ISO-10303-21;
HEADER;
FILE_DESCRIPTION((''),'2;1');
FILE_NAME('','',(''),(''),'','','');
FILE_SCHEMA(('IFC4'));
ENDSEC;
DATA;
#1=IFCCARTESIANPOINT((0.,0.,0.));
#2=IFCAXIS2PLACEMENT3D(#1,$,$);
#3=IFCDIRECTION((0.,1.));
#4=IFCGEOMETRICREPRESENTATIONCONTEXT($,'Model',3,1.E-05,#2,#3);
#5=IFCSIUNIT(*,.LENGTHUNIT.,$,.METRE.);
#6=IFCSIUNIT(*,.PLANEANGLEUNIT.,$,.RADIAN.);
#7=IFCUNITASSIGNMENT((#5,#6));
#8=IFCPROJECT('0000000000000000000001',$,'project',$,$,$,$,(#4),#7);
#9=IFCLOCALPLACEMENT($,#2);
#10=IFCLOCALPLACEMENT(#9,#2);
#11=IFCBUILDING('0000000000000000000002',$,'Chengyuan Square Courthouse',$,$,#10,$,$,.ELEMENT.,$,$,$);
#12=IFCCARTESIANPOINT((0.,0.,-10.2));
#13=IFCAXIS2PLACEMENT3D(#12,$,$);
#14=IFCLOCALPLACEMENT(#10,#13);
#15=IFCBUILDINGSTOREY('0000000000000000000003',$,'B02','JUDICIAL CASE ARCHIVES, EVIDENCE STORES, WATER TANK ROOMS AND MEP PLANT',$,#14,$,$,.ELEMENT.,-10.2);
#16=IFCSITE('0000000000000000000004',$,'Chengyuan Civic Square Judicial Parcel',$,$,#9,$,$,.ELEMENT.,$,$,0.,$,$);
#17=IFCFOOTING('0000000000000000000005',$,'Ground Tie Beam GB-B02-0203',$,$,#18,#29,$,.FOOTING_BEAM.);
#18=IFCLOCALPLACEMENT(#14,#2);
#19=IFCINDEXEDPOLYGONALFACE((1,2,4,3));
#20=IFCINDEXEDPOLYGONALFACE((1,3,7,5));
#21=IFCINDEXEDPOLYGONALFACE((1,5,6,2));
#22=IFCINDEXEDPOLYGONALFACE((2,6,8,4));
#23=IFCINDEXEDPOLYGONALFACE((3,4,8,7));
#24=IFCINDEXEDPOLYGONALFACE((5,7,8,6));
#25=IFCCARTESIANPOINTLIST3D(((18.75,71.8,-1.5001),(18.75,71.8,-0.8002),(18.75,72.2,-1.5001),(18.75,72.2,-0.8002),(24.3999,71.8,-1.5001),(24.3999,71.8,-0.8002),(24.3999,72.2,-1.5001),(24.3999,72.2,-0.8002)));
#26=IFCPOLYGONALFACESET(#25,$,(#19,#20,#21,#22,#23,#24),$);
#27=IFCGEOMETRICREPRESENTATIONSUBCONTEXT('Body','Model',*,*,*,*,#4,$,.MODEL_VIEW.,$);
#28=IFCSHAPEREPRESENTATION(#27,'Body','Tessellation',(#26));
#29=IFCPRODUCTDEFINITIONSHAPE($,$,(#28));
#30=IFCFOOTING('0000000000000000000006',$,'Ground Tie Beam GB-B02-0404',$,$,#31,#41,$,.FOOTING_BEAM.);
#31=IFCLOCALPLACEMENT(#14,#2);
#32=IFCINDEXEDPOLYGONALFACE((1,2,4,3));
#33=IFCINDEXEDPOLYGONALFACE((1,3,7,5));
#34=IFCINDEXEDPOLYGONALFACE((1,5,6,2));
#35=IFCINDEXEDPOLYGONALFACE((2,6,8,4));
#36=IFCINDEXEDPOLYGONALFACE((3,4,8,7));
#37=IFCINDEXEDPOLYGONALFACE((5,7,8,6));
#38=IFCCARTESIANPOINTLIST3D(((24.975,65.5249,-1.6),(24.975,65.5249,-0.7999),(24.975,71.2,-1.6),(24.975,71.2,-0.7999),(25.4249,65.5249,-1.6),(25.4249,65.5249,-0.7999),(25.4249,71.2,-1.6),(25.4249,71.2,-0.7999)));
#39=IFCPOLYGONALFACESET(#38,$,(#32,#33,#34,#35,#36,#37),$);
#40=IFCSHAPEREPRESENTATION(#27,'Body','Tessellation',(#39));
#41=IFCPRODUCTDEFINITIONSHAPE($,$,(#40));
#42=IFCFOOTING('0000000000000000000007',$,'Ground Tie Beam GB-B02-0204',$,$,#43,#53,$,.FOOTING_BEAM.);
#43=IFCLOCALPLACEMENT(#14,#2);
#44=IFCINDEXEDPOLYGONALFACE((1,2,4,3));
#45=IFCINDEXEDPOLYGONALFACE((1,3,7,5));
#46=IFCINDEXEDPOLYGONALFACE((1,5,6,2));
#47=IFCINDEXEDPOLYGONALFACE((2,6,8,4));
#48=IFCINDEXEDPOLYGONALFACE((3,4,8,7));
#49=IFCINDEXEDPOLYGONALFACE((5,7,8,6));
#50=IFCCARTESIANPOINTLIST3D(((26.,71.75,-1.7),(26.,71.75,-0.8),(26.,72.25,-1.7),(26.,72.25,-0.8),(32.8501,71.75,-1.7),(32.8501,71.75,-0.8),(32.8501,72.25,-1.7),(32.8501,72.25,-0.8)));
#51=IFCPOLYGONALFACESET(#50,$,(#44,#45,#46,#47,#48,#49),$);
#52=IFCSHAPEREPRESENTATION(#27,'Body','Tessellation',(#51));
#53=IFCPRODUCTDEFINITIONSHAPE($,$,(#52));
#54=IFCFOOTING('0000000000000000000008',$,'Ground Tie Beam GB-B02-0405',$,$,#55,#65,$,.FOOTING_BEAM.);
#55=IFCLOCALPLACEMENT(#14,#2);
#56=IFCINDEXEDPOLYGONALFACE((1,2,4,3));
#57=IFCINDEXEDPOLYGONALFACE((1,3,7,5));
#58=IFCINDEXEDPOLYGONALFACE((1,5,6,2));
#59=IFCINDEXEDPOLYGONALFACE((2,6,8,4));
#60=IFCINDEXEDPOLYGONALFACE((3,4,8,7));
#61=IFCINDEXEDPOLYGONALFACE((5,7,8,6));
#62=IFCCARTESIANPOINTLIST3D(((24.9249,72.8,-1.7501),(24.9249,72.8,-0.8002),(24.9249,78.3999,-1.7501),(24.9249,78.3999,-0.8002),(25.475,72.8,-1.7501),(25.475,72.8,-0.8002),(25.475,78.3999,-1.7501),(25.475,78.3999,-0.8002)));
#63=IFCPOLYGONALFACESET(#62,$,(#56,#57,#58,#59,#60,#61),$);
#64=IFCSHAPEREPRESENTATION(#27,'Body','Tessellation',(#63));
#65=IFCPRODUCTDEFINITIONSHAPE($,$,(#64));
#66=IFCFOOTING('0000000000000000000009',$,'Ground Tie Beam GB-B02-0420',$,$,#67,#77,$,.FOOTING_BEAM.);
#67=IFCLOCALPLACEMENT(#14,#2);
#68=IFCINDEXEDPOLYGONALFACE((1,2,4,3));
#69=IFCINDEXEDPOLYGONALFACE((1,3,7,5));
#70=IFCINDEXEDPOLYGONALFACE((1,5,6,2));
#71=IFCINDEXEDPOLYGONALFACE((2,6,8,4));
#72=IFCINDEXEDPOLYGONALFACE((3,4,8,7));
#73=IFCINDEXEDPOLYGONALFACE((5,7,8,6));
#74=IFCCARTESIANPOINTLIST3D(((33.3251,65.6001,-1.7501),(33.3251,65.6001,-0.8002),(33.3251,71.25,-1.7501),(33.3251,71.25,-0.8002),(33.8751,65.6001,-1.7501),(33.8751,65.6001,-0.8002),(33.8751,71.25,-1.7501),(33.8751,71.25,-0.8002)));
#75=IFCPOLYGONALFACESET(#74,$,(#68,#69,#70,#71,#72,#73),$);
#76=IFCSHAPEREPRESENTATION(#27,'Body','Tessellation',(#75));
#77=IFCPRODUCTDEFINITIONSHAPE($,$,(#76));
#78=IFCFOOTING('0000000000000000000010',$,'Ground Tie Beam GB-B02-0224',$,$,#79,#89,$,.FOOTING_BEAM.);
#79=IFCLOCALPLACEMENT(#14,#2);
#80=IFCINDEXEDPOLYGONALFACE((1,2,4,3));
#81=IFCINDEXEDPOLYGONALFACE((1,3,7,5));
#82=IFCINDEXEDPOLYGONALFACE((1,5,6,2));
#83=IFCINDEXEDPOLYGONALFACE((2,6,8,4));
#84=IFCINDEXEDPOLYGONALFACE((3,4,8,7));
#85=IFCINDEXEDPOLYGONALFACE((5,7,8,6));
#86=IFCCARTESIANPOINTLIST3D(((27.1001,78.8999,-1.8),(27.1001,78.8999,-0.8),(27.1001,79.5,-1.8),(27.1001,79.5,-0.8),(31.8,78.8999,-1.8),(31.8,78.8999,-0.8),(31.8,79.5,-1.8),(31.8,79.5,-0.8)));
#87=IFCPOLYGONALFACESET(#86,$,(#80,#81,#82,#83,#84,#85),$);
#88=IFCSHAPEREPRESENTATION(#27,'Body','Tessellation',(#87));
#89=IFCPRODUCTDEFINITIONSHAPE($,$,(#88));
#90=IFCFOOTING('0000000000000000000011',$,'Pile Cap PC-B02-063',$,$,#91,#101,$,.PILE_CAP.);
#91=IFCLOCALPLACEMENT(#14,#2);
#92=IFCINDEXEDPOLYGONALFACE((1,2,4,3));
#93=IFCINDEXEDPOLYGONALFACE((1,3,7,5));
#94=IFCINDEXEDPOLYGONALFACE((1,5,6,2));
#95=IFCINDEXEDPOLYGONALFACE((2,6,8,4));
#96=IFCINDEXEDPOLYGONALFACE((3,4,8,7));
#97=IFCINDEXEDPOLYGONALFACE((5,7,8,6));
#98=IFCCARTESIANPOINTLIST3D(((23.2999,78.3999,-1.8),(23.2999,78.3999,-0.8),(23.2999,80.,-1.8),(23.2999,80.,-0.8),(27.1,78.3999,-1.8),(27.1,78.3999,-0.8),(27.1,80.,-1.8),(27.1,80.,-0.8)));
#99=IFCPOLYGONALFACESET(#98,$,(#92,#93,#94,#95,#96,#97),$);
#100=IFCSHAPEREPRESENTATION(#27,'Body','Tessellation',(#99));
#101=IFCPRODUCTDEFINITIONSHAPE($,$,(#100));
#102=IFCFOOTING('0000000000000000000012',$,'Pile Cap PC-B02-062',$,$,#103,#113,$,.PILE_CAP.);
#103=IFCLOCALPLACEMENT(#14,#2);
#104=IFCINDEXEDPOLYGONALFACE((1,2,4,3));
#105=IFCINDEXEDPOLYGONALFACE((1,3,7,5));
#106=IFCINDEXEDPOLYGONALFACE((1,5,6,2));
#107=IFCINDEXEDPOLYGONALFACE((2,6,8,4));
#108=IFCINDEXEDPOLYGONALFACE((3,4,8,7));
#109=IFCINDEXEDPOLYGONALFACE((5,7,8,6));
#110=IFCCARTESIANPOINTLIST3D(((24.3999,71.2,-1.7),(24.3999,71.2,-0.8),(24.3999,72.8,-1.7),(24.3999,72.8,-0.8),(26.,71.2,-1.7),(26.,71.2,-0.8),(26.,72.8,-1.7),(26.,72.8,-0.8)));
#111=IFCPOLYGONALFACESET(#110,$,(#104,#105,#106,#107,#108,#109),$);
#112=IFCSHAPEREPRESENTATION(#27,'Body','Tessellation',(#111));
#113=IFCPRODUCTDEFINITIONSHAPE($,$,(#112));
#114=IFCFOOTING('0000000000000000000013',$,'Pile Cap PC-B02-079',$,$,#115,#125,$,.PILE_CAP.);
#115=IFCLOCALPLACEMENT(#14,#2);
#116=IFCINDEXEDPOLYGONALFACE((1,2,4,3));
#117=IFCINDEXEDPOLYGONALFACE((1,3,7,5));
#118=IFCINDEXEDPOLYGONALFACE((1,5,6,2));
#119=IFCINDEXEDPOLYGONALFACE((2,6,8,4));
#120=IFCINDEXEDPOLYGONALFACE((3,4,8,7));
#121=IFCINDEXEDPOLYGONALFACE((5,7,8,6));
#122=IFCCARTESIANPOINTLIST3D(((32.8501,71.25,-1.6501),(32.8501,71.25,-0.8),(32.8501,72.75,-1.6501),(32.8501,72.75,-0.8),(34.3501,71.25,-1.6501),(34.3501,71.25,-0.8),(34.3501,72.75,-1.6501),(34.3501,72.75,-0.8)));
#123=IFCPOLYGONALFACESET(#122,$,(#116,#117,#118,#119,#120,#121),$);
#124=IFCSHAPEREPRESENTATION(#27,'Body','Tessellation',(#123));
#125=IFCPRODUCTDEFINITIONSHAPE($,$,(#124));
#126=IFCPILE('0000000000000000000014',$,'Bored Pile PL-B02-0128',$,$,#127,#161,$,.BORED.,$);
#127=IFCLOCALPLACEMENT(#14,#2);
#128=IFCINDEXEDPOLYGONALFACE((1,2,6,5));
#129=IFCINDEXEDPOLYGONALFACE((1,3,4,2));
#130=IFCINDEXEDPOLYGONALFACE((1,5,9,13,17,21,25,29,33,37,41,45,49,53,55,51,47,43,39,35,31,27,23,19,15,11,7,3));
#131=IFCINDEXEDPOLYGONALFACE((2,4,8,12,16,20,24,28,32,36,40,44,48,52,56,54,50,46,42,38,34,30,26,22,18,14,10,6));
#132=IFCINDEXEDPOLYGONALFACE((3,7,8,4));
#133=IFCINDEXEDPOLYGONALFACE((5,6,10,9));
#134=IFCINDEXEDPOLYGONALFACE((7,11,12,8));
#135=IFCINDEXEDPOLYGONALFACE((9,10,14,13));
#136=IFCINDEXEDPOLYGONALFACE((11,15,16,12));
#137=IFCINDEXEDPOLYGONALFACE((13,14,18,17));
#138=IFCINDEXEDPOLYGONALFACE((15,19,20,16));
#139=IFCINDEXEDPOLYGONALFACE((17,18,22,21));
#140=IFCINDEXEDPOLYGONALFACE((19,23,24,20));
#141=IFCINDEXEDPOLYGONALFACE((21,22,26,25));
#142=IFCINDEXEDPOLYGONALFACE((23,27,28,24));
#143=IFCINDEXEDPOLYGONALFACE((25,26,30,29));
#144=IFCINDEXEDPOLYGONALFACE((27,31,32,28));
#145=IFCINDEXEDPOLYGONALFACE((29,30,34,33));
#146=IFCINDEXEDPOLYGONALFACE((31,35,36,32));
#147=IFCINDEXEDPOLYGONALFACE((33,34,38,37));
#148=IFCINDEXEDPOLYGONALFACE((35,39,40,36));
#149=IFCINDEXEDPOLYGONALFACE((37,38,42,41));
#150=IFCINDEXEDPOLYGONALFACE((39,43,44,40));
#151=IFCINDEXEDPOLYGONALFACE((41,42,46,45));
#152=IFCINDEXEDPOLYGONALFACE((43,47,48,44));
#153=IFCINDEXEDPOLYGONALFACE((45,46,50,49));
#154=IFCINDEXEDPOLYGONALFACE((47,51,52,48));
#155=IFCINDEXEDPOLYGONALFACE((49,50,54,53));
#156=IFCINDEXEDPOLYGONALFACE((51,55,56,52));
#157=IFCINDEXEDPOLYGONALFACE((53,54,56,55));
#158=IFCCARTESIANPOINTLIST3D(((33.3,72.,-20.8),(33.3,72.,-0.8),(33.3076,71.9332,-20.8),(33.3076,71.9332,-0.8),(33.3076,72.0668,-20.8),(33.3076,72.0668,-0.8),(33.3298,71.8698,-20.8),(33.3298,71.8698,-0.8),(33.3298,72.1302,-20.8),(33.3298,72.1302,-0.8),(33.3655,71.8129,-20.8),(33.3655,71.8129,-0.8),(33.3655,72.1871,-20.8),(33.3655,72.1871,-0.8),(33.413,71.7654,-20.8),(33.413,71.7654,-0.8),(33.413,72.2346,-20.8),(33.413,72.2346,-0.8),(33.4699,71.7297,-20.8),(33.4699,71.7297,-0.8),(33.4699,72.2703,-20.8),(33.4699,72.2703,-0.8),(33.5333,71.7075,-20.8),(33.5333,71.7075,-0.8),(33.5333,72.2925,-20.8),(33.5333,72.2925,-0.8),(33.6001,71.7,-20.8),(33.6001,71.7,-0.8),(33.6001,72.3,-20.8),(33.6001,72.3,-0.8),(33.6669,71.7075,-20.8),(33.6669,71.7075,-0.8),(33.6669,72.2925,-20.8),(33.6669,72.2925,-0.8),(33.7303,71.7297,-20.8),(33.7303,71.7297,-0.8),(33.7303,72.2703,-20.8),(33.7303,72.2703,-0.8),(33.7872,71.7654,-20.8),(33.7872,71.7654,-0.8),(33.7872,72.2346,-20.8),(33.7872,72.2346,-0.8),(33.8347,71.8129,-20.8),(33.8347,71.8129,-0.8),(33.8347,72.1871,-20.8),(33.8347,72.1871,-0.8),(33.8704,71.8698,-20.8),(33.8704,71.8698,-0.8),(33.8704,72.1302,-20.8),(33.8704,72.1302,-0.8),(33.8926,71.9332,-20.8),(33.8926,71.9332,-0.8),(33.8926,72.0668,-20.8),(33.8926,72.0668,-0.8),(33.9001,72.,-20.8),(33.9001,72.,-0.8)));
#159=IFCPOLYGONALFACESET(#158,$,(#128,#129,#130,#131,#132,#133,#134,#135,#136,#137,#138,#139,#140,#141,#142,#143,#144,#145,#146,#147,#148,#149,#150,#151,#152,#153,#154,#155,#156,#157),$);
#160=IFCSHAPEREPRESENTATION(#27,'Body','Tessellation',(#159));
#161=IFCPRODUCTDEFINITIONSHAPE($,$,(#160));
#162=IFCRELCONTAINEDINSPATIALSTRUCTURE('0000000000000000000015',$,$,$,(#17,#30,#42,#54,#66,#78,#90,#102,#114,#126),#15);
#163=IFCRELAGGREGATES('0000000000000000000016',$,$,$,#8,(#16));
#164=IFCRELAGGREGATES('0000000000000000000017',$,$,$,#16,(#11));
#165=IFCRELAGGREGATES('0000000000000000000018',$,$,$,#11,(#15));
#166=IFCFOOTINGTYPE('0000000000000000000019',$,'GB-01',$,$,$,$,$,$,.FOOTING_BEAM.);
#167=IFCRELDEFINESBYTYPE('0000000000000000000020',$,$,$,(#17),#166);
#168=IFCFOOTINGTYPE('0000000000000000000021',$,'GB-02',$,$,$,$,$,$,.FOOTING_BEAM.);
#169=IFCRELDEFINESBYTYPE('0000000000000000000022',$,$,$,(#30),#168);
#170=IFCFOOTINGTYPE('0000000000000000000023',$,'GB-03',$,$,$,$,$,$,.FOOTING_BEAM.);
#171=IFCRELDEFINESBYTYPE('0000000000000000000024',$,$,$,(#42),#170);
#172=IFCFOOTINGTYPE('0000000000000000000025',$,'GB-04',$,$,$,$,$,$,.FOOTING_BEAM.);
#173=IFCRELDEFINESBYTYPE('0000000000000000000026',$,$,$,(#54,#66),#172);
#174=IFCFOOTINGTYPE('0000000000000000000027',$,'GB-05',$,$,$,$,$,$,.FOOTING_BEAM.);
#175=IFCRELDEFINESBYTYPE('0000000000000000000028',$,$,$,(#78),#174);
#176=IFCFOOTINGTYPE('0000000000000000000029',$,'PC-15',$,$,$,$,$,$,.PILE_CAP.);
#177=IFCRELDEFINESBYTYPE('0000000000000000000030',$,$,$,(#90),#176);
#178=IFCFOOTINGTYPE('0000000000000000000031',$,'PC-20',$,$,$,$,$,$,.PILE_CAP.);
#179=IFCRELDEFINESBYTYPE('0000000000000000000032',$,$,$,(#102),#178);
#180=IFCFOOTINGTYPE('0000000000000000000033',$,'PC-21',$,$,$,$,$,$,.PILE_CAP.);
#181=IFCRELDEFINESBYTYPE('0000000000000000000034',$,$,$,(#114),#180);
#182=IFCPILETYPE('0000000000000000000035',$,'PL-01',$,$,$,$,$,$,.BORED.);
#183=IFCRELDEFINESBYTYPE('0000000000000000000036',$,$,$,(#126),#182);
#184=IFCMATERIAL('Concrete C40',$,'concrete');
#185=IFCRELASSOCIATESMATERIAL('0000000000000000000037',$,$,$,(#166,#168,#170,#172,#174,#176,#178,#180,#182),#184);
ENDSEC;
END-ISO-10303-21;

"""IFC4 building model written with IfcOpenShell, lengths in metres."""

from ifc_helpers import new_model, si_unit, direction, frame, origin, origin_2d, place, context, subcontext, project, spatial, rectangle, circle, extrude, material, material_profile, profile_set, type_object, element, save


model = new_model("IFC4")

# Units and contexts
model_context = context("Model", 3, precision=1e-05, world=origin(), true_north=direction((0.0, 1.0)))
body_context = subcontext(model_context, "Body", "Model", "MODEL_VIEW")
ifc_project = project(units=[si_unit("LENGTHUNIT", "METRE"), si_unit("PLANEANGLEUNIT", "RADIAN")], contexts=[model_context])

# Site, building, storey
site_placement = place(None, origin())
site = spatial("IfcSite", under=ifc_project, at=site_placement, Name="Chengyuan Civic Square Judicial Parcel", CompositionType="ELEMENT", RefElevation=0.0)
building_placement = place(site_placement, origin())
building = spatial("IfcBuilding", under=site, at=building_placement, Name="Chengyuan Square Courthouse", CompositionType="ELEMENT")
storey_placement = place(building_placement, frame((0.0, 0.0, -10.2)))
storey = spatial("IfcBuildingStorey", under=building, at=storey_placement, Name="B02", Description="JUDICIAL CASE ARCHIVES, EVIDENCE STORES, WATER TANK ROOMS AND MEP PLANT", CompositionType="ELEMENT", Elevation=-10.2)

# Footings
ifc_material_1 = material(Name="Concrete C40", Category="concrete")
ifc_material_profile_1 = material_profile(ifc_material_1, rectangle(XDim=0.3999, YDim=0.7, at=origin_2d()), Name="GB-400x700")
ifc_profile_set_1 = profile_set([ifc_material_profile_1], Name="Concrete C40")
footing_type_1 = type_object("IfcFootingType", Name="GB-01", PredefinedType="FOOTING_BEAM", material=ifc_profile_set_1)
footing_1_placement = place(storey_placement, frame((18.75, 72.0, -1.1501), z_axis=(1.0, 0.0, 0.0), x_axis=(0.0, 1.0, 0.0)))
element("IfcFooting", 1, at=footing_1_placement, inside=storey, type_object=footing_type_1, Name="Ground Tie Beam GB-B02-0203", PredefinedType="FOOTING_BEAM", context=body_context, shape_type="SweptSolid", body=[
    extrude(rectangle(XDim=0.3999, YDim=0.7, at=origin_2d()), origin(), (0.0, 0.0, 1.0), 5.6499),
])
ifc_material_profile_2 = material_profile(ifc_material_1, rectangle(XDim=0.45, YDim=0.8, at=origin_2d()), Name="GB-450x800")
ifc_profile_set_2 = profile_set([ifc_material_profile_2], Name="Concrete C40")
footing_type_2 = type_object("IfcFootingType", Name="GB-02", PredefinedType="FOOTING_BEAM", material=ifc_profile_set_2)
footing_2_placement = place(storey_placement, frame((25.2, 65.5249, -1.2), z_axis=(0.0, 1.0, 0.0), x_axis=(-1.0, 0.0, 0.0)))
element("IfcFooting", 2, at=footing_2_placement, inside=storey, type_object=footing_type_2, Name="Ground Tie Beam GB-B02-0404", PredefinedType="FOOTING_BEAM", context=body_context, shape_type="SweptSolid", body=[
    extrude(rectangle(XDim=0.45, YDim=0.8, at=origin_2d()), origin(), (0.0, 0.0, 1.0), 5.675),
])
ifc_material_profile_3 = material_profile(ifc_material_1, rectangle(XDim=0.5, YDim=0.8999, at=origin_2d()), Name="GB-500x900")
ifc_profile_set_3 = profile_set([ifc_material_profile_3], Name="Concrete C40")
footing_type_3 = type_object("IfcFootingType", Name="GB-03", PredefinedType="FOOTING_BEAM", material=ifc_profile_set_3)
footing_3_placement = place(storey_placement, frame((26.0, 72.0, -1.25), z_axis=(1.0, 0.0, 0.0), x_axis=(0.0, 1.0, 0.0)))
element("IfcFooting", 3, at=footing_3_placement, inside=storey, type_object=footing_type_3, Name="Ground Tie Beam GB-B02-0204", PredefinedType="FOOTING_BEAM", context=body_context, shape_type="SweptSolid", body=[
    extrude(rectangle(XDim=0.5, YDim=0.8999, at=origin_2d()), origin(), (0.0, 0.0, 1.0), 6.8501),
])
ifc_material_profile_4 = material_profile(ifc_material_1, rectangle(XDim=0.55, YDim=0.95, at=origin_2d()), Name="GB-550x950")
ifc_profile_set_4 = profile_set([ifc_material_profile_4], Name="Concrete C40")
footing_type_4 = type_object("IfcFootingType", Name="GB-04", PredefinedType="FOOTING_BEAM", material=ifc_profile_set_4)
footing_4_placement = place(storey_placement, frame((25.2, 72.8, -1.2751), z_axis=(0.0, 1.0, 0.0), x_axis=(-1.0, 0.0, 0.0)))
element("IfcFooting", 4, at=footing_4_placement, inside=storey, type_object=footing_type_4, Name="Ground Tie Beam GB-B02-0405", PredefinedType="FOOTING_BEAM", context=body_context, shape_type="SweptSolid", body=[
    extrude(rectangle(XDim=0.55, YDim=0.95, at=origin_2d()), origin(), (0.0, 0.0, 1.0), 5.5999),
])
footing_5_placement = place(storey_placement, frame((33.6001, 65.6001, -1.2751), z_axis=(0.0, 1.0, 0.0), x_axis=(-1.0, 0.0, 0.0)))
element("IfcFooting", 5, at=footing_5_placement, inside=storey, type_object=footing_type_4, Name="Ground Tie Beam GB-B02-0420", PredefinedType="FOOTING_BEAM", context=body_context, shape_type="SweptSolid", body=[
    extrude(rectangle(XDim=0.55, YDim=0.95, at=origin_2d()), origin(), (0.0, 0.0, 1.0), 5.6499),
])
ifc_material_profile_5 = material_profile(ifc_material_1, rectangle(XDim=0.6001, YDim=1.0, at=origin_2d()), Name="GB-600x1000")
ifc_profile_set_5 = profile_set([ifc_material_profile_5], Name="Concrete C40")
footing_type_5 = type_object("IfcFootingType", Name="GB-05", PredefinedType="FOOTING_BEAM", material=ifc_profile_set_5)
footing_6_placement = place(storey_placement, frame((27.1001, 79.2, -1.3), z_axis=(1.0, 0.0, 0.0), x_axis=(0.0, 1.0, 0.0)))
element("IfcFooting", 6, at=footing_6_placement, inside=storey, type_object=footing_type_5, Name="Ground Tie Beam GB-B02-0224", PredefinedType="FOOTING_BEAM", context=body_context, shape_type="SweptSolid", body=[
    extrude(rectangle(XDim=0.6001, YDim=1.0, at=origin_2d()), origin(), (0.0, 0.0, 1.0), 4.7),
])
footing_type_6 = type_object("IfcFootingType", Name="PC-15", PredefinedType="PILE_CAP", material=ifc_material_1)
footing_7_placement = place(storey_placement, frame((25.2, 79.2, -1.8), z_axis=(0.0, 0.0, 1.0), x_axis=(1.0, 0.0, 0.0)))
element("IfcFooting", 7, at=footing_7_placement, inside=storey, type_object=footing_type_6, Name="Pile Cap PC-B02-063", PredefinedType="PILE_CAP", context=body_context, shape_type="SweptSolid", body=[
    extrude(rectangle(XDim=3.8, YDim=1.6001, at=origin_2d()), origin(), (0.0, 0.0, 1.0), 1.0),
])
footing_type_7 = type_object("IfcFootingType", Name="PC-20", PredefinedType="PILE_CAP", material=ifc_material_1)
footing_8_placement = place(storey_placement, frame((25.2, 72.0, -1.7), z_axis=(0.0, 0.0, 1.0), x_axis=(1.0, 0.0, 0.0)))
element("IfcFooting", 8, at=footing_8_placement, inside=storey, type_object=footing_type_7, Name="Pile Cap PC-B02-062", PredefinedType="PILE_CAP", context=body_context, shape_type="SweptSolid", body=[
    extrude(rectangle(XDim=1.6001, YDim=1.6001, at=origin_2d()), origin(), (0.0, 0.0, 1.0), 0.8999),
])
footing_type_8 = type_object("IfcFootingType", Name="PC-21", PredefinedType="PILE_CAP", material=ifc_material_1)
footing_9_placement = place(storey_placement, frame((33.6001, 72.0, -1.6501), z_axis=(0.0, 0.0, 1.0), x_axis=(1.0, 0.0, 0.0)))
element("IfcFooting", 9, at=footing_9_placement, inside=storey, type_object=footing_type_8, Name="Pile Cap PC-B02-079", PredefinedType="PILE_CAP", context=body_context, shape_type="SweptSolid", body=[
    extrude(rectangle(XDim=1.5, YDim=1.5, at=origin_2d()), origin(), (0.0, 0.0, 1.0), 0.8501),
])

# Pile
ifc_material_profile_6 = material_profile(ifc_material_1, circle(Radius=0.3, at=origin_2d()), Name="BORED PILE D600")
ifc_profile_set_6 = profile_set([ifc_material_profile_6], Name="Concrete C40")
pile_type_1 = type_object("IfcPileType", Name="PL-01", PredefinedType="BORED", material=ifc_profile_set_6)
pile_1_placement = place(storey_placement, frame((33.6001, 72.0, -0.8), z_axis=(0.0, 0.0, -1.0), x_axis=(1.0, 0.0, 0.0)))
element("IfcPile", 10, at=pile_1_placement, inside=storey, type_object=pile_type_1, Name="Bored Pile PL-B02-0128", PredefinedType="BORED", context=body_context, shape_type="SweptSolid", body=[
    extrude(circle(Radius=0.3, at=origin_2d()), origin(), (0.0, 0.0, 1.0), 20.0),
])

save(model, "model.ifc")
